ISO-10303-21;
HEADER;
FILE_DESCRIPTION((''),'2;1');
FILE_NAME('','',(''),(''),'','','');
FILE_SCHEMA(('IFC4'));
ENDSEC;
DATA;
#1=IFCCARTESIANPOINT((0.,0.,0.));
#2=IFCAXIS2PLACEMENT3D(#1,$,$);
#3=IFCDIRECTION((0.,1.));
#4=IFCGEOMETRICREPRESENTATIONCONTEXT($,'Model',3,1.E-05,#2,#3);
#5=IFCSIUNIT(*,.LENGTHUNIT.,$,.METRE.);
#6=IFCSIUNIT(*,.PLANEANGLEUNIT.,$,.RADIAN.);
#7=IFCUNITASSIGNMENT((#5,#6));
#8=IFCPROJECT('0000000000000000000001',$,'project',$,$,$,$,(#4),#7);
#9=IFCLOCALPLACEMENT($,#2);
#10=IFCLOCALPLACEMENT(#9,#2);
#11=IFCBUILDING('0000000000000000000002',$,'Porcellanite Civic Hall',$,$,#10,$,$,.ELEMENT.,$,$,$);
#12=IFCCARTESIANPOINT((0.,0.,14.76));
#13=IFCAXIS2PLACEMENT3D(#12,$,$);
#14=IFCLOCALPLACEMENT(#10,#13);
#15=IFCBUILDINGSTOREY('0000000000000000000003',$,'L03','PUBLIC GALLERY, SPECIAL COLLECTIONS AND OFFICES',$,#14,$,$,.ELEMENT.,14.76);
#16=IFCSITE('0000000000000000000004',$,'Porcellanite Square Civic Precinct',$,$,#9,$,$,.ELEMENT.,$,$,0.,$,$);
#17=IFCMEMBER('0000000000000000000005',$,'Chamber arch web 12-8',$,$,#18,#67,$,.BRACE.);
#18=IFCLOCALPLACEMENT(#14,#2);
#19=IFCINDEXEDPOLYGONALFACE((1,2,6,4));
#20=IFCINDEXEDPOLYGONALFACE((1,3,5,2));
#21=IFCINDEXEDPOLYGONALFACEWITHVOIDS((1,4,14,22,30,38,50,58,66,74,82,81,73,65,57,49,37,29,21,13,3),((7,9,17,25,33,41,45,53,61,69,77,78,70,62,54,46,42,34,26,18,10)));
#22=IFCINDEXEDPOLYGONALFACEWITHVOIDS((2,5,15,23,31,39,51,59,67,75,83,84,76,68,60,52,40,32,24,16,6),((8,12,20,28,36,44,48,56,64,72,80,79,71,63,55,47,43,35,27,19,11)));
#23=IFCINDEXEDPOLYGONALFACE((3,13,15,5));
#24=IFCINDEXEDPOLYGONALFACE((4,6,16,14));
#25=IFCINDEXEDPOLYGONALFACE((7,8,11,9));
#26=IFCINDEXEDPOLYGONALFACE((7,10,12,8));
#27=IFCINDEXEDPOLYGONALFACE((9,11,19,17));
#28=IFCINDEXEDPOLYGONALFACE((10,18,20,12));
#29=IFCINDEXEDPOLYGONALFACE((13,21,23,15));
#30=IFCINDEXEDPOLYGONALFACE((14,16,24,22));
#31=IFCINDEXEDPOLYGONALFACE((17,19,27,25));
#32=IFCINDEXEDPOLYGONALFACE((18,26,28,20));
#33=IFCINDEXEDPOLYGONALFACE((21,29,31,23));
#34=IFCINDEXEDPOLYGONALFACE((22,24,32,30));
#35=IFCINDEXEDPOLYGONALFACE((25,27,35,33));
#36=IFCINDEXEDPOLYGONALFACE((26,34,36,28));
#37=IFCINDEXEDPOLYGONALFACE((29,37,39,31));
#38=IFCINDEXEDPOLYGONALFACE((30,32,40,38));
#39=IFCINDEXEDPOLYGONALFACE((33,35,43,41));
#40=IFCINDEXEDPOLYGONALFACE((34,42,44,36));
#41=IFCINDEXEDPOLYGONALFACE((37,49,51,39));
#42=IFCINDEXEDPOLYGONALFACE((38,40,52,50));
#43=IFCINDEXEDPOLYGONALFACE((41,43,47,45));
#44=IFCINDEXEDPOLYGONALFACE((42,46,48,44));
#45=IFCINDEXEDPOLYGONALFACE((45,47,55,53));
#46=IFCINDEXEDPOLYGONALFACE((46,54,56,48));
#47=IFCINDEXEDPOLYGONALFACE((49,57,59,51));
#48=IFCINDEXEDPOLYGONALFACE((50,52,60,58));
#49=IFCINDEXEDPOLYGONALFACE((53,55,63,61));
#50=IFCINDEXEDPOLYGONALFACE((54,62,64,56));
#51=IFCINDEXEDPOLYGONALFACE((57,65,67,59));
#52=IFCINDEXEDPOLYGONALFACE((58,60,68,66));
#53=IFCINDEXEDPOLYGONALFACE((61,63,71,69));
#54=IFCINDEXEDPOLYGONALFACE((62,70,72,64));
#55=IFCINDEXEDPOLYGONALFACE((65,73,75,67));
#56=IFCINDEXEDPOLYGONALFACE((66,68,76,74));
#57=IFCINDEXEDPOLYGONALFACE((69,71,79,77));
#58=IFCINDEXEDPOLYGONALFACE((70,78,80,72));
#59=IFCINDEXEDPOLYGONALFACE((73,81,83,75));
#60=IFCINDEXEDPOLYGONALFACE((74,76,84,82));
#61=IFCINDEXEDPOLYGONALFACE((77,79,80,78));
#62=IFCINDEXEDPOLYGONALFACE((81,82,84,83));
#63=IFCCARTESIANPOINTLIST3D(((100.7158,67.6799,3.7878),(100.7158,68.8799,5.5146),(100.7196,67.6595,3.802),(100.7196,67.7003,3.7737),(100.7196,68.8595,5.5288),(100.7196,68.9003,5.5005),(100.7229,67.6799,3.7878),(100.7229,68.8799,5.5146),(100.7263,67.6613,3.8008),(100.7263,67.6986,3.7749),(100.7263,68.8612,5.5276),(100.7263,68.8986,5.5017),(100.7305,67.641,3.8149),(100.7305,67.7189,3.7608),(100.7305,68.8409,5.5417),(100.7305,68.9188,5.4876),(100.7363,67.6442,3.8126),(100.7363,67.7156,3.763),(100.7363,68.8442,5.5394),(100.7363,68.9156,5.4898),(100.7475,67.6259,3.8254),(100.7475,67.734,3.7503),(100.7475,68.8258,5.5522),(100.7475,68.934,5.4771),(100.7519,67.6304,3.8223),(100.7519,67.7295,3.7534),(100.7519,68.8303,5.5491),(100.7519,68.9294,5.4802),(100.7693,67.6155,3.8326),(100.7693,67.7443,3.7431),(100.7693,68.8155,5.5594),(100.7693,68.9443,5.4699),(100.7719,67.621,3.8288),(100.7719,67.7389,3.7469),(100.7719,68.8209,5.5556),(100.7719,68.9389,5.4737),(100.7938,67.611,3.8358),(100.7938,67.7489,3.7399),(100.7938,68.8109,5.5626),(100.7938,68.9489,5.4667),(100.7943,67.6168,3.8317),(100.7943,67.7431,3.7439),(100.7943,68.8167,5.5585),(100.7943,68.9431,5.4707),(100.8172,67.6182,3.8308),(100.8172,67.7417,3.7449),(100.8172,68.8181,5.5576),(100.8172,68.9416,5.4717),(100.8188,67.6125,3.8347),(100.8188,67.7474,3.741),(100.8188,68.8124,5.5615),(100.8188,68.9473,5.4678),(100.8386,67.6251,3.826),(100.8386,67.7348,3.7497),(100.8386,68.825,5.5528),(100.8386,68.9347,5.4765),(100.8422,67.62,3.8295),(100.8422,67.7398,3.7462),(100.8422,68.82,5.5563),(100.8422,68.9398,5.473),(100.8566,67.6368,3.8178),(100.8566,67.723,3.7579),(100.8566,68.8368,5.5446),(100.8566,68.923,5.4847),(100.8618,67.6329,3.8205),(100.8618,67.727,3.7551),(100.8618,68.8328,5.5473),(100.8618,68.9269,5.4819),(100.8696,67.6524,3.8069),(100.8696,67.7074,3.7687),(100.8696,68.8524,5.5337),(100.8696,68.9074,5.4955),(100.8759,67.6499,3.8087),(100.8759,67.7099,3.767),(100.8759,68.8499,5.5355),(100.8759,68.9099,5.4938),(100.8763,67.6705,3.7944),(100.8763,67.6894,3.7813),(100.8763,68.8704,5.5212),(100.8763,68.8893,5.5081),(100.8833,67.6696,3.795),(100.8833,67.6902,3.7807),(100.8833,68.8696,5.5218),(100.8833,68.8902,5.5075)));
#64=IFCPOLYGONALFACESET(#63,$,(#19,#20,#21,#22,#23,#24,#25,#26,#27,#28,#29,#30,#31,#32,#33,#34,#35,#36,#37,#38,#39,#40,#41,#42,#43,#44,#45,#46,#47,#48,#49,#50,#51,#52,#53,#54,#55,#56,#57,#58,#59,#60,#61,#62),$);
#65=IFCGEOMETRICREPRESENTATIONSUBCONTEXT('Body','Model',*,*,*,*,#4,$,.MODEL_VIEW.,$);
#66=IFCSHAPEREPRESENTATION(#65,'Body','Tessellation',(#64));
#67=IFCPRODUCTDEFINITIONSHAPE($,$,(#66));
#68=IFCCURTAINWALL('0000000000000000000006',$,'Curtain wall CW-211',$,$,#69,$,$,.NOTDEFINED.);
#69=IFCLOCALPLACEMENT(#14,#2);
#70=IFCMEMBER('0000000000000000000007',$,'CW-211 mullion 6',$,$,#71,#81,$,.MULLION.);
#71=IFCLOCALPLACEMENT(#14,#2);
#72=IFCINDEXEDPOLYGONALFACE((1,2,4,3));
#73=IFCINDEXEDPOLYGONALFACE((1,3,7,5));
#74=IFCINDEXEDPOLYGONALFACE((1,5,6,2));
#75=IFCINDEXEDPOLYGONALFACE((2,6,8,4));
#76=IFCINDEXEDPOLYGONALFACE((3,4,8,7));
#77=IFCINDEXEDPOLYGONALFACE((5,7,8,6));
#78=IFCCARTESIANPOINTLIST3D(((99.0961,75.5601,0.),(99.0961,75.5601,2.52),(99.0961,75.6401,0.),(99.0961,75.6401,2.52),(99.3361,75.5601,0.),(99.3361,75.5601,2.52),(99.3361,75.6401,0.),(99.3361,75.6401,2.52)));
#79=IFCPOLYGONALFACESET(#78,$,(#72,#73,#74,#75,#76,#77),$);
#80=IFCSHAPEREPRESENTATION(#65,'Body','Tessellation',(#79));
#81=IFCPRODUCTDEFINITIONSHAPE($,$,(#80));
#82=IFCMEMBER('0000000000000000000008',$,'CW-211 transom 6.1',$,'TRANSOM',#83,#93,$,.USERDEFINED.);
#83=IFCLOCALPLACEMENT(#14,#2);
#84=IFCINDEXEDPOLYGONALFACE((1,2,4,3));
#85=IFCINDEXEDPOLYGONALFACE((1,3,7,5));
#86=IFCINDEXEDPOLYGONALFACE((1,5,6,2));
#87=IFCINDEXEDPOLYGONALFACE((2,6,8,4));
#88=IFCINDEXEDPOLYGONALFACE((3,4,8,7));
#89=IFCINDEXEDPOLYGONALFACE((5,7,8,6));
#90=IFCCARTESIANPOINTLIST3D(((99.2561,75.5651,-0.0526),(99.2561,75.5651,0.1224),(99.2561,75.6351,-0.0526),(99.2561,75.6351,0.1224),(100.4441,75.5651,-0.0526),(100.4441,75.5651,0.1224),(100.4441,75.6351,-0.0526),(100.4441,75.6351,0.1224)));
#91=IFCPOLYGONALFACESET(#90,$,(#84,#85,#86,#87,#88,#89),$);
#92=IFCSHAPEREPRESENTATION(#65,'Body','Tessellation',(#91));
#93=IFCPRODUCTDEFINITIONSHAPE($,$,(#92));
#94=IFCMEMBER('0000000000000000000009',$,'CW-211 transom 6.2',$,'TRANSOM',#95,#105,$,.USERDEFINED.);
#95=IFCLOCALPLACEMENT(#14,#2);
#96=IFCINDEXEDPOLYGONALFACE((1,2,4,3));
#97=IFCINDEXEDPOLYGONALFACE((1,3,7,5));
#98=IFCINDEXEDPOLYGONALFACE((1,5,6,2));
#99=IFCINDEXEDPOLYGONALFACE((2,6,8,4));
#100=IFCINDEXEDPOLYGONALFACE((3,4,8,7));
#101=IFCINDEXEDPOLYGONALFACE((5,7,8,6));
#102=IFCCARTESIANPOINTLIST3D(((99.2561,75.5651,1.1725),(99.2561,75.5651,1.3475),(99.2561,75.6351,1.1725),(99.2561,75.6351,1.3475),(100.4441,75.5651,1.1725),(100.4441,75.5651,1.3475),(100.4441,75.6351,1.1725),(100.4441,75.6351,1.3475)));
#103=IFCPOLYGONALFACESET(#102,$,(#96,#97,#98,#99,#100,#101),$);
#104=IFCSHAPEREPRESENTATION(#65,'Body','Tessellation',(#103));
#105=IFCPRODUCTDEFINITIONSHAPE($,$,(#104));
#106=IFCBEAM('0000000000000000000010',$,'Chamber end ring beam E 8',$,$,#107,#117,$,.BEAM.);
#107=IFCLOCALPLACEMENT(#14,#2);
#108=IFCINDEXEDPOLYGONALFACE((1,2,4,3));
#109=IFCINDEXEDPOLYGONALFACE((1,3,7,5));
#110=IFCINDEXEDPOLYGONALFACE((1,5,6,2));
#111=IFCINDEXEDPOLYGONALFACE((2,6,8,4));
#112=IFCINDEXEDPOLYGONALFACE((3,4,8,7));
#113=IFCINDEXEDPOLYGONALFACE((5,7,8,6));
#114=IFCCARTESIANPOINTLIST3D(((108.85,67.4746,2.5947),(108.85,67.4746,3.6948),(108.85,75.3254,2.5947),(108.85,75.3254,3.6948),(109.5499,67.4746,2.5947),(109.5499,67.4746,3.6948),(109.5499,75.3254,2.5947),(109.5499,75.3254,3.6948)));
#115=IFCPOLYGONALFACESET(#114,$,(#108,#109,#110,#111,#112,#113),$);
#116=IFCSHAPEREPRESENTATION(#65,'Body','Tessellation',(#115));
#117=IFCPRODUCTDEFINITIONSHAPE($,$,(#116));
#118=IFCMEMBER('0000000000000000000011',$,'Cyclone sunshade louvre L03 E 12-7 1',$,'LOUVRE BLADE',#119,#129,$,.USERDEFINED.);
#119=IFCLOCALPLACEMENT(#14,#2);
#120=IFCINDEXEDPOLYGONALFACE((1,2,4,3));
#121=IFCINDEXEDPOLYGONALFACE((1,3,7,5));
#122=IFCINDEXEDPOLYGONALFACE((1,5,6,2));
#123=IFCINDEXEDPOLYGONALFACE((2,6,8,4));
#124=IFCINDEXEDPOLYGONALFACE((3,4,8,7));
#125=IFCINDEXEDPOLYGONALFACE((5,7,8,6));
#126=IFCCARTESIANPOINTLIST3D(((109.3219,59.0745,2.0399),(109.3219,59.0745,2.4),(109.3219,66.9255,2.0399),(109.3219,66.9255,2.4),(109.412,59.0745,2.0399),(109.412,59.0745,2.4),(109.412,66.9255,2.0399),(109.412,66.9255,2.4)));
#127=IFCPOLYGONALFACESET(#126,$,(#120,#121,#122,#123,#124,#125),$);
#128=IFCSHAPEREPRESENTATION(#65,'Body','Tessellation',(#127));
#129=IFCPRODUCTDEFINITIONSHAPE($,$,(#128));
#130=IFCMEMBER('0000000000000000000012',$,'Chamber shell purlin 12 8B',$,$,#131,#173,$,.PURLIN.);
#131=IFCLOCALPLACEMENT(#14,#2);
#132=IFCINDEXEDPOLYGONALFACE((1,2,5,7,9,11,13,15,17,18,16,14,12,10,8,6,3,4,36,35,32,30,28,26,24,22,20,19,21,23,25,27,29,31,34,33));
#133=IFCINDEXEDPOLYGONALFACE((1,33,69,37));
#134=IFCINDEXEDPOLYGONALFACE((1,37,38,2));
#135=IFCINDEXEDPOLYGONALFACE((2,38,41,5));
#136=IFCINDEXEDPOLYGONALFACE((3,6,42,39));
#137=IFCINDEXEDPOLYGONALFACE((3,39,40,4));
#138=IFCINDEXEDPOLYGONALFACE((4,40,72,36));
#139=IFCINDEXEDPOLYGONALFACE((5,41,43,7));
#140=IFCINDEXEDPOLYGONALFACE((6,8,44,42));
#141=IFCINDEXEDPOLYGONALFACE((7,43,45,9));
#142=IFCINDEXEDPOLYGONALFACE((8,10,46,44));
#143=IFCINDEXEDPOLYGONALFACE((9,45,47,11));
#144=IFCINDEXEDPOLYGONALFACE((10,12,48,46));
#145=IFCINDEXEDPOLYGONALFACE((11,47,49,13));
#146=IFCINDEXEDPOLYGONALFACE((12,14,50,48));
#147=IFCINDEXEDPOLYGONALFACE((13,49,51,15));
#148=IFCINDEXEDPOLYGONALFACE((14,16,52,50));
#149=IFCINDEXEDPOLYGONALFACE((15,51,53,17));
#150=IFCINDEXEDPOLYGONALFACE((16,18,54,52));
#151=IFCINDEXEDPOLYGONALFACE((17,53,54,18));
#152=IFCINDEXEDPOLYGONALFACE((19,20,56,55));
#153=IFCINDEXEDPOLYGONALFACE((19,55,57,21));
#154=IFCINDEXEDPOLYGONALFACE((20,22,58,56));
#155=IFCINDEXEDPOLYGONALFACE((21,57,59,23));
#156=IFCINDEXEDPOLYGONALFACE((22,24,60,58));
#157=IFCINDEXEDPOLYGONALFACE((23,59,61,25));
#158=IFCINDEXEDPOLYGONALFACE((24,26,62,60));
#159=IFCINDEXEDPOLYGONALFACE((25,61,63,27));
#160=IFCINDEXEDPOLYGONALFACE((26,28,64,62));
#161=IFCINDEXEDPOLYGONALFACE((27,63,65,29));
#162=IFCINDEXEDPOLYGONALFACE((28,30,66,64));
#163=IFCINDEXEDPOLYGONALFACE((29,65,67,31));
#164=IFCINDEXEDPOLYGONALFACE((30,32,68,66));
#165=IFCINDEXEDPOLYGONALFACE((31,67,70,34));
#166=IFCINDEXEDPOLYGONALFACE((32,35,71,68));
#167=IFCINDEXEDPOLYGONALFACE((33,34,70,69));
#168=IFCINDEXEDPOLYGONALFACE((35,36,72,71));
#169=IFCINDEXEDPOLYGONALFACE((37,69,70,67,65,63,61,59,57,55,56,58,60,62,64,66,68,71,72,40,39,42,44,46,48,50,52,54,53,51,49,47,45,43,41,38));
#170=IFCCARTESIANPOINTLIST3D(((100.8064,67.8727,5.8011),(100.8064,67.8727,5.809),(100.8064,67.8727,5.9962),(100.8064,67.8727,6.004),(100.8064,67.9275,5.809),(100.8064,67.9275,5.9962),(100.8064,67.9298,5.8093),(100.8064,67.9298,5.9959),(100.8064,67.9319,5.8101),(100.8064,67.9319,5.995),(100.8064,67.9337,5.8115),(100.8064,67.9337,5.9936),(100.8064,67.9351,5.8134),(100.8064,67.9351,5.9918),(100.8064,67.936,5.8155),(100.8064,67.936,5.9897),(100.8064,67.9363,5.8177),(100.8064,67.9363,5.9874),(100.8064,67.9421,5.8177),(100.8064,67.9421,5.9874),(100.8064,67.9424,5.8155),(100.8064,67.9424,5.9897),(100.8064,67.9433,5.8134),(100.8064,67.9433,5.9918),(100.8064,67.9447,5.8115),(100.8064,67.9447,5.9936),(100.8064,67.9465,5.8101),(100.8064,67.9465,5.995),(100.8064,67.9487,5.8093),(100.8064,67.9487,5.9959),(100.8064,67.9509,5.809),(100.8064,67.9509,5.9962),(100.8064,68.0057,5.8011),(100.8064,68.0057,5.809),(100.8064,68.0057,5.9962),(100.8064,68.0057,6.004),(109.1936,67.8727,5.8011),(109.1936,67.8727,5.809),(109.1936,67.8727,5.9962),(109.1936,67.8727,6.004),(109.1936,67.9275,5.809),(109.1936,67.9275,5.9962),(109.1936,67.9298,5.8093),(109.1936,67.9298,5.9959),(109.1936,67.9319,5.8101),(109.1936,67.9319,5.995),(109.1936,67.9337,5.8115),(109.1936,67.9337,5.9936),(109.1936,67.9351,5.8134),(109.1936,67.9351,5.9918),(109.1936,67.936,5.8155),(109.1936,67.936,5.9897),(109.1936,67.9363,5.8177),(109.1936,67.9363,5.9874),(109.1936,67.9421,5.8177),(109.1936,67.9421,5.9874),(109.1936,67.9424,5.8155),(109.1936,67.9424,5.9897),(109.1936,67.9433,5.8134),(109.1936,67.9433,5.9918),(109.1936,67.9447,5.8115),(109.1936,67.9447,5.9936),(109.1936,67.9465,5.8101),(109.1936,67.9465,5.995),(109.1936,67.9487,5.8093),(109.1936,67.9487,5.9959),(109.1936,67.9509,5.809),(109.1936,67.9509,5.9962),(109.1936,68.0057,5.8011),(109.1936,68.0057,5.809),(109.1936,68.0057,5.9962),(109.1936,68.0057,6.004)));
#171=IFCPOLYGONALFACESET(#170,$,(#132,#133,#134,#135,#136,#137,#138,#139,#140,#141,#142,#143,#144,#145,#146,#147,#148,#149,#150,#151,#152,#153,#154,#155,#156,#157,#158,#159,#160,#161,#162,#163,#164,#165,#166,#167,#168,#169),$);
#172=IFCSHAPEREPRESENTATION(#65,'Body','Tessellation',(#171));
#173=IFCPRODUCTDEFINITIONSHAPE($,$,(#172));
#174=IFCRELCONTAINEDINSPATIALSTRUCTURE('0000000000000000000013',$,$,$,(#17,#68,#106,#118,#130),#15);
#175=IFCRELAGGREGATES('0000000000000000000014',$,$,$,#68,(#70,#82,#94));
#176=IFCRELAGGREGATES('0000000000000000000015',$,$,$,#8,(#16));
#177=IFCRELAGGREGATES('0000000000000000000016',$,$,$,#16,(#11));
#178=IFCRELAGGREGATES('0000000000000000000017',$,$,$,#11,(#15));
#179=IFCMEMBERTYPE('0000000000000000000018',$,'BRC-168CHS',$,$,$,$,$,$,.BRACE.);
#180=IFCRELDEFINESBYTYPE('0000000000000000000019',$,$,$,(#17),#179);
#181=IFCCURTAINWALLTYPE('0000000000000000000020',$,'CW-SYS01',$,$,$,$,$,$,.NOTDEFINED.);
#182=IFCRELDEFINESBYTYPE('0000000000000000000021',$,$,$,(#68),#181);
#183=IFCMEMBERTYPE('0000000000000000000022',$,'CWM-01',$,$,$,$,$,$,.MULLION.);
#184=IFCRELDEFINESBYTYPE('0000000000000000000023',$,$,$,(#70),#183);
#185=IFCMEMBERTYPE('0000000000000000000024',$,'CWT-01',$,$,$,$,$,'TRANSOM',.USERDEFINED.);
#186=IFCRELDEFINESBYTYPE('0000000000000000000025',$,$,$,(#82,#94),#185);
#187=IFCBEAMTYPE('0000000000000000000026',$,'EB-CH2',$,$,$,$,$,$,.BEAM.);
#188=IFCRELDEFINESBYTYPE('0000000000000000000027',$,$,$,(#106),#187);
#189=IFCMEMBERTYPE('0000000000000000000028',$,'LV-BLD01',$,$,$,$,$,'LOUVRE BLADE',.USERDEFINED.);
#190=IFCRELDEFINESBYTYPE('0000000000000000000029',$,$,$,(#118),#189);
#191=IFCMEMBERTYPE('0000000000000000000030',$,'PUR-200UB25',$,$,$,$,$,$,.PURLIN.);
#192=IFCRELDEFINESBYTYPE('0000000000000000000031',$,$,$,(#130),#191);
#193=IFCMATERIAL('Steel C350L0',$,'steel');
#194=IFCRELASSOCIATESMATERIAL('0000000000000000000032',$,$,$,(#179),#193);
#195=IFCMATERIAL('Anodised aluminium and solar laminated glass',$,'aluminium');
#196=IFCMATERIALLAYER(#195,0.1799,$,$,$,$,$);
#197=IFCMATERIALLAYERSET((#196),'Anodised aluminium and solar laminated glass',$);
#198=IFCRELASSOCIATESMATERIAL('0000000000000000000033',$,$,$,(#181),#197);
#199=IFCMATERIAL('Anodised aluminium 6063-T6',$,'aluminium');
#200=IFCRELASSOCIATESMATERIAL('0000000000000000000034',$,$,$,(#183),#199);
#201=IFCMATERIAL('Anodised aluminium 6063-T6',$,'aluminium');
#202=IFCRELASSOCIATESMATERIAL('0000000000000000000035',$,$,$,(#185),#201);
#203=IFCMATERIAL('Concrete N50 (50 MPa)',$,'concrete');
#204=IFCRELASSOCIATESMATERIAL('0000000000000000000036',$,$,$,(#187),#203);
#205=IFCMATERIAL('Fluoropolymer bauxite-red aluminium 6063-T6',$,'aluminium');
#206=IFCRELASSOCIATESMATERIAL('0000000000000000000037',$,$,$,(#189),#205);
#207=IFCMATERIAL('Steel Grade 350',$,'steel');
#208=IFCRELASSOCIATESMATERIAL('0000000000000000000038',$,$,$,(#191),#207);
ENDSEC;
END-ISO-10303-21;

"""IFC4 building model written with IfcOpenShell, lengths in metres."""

from ifc_helpers import new_model, si_unit, direction, frame, origin, origin_2d, place, context, subcontext, project, spatial, rectangle, hollow_circle, i_section, extrude, material, layer, layer_set, material_profile, profile_set, type_object, element, aggregate, save


model = new_model("IFC4")

# Units and contexts
model_context = context("Model", 3, precision=1e-05, world=origin(), true_north=direction((0.0, 1.0)))
body_context = subcontext(model_context, "Body", "Model", "MODEL_VIEW")
ifc_project = project(units=[si_unit("LENGTHUNIT", "METRE"), si_unit("PLANEANGLEUNIT", "RADIAN")], contexts=[model_context])

# Site, building, storey
site_placement = place(None, origin())
site = spatial("IfcSite", under=ifc_project, at=site_placement, Name="Porcellanite Square Civic Precinct", CompositionType="ELEMENT", RefElevation=0.0)
building_placement = place(site_placement, origin())
building = spatial("IfcBuilding", under=site, at=building_placement, Name="Porcellanite Civic Hall", CompositionType="ELEMENT")
storey_placement = place(building_placement, frame((0.0, 0.0, 14.76)))
storey = spatial("IfcBuildingStorey", under=building, at=storey_placement, Name="L03", Description="PUBLIC GALLERY, SPECIAL COLLECTIONS AND OFFICES", CompositionType="ELEMENT", Elevation=14.76)

# Member
ifc_material_1 = material(Name="Steel C350L0", Category="steel")
ifc_material_profile_1 = material_profile(ifc_material_1, hollow_circle(Radius=0.0842, WallThickness=0.0071, at=origin_2d()), Name="168.3x7.1CHS")
ifc_profile_set_1 = profile_set([ifc_material_profile_1], Name="Steel C350L0")
member_type_1 = type_object("IfcMemberType", Name="BRC-168CHS", PredefinedType="BRACE", material=ifc_profile_set_1)
member_1_placement = place(storey_placement, frame((100.8, 67.6799, 3.7878), z_axis=(0.0, 0.570646, 0.821196), x_axis=(-1.0, 0.0, 0.0)))
element("IfcMember", 1, at=member_1_placement, inside=storey, type_object=member_type_1, Name="Chamber arch web 12-8", PredefinedType="BRACE", context=body_context, shape_type="SweptSolid", body=[
    extrude(hollow_circle(Radius=0.0842, WallThickness=0.0071, at=origin_2d()), origin(), (0.0, 0.0, 1.0), 2.1028),
])

# Curtain wall, members
ifc_material_2 = material(Name="Anodised aluminium and solar laminated glass", Category="aluminium")
ifc_layer_1 = layer(ifc_material_2, 0.1799)
ifc_layer_set_1 = layer_set([ifc_layer_1], Name="Anodised aluminium and solar laminated glass")
curtain_wall_type = type_object("IfcCurtainWallType", Name="CW-SYS01", PredefinedType="NOTDEFINED", material=ifc_layer_set_1)
curtain_wall_placement = place(storey_placement, origin())
curtain_wall = element("IfcCurtainWall", 2, at=curtain_wall_placement, inside=storey, type_object=curtain_wall_type, Name="Curtain wall CW-211", PredefinedType="NOTDEFINED")
ifc_material_3 = material(Name="Anodised aluminium 6063-T6", Category="aluminium")
ifc_material_profile_2 = material_profile(ifc_material_3, rectangle(XDim=0.0801, YDim=0.24, at=origin_2d()), Name="AL-80x240")
ifc_profile_set_2 = profile_set([ifc_material_profile_2], Name="Anodised aluminium 6063-T6")
member_type_2 = type_object("IfcMemberType", Name="CWM-01", PredefinedType="MULLION", material=ifc_profile_set_2)
member_2_placement = place(storey_placement, frame((99.2161, 75.6001, 0.0), z_axis=(0.0, 0.0, 1.0), x_axis=(0.0, 1.0, 0.0)))
member_2 = element("IfcMember", 3, at=member_2_placement, type_object=member_type_2, Name="CW-211 mullion 6", PredefinedType="MULLION", context=body_context, shape_type="SweptSolid", body=[
    extrude(rectangle(XDim=0.0801, YDim=0.24, at=origin_2d()), origin(), (0.0, 0.0, 1.0), 2.52),
])
ifc_material_4 = material(Name="Anodised aluminium 6063-T6", Category="aluminium")
ifc_material_profile_3 = material_profile(ifc_material_4, rectangle(XDim=0.0701, YDim=0.175, at=origin_2d()), Name="AL-70x175")
ifc_profile_set_3 = profile_set([ifc_material_profile_3], Name="Anodised aluminium 6063-T6")
member_type_3 = type_object("IfcMemberType", Name="CWT-01", ElementType="TRANSOM", PredefinedType="USERDEFINED", material=ifc_profile_set_3)
member_3_placement = place(storey_placement, frame((99.2561, 75.6001, 0.0349), z_axis=(1.0, 0.0, 0.0), x_axis=(0.0, 1.0, 0.0)))
member_3 = element("IfcMember", 4, at=member_3_placement, type_object=member_type_3, Name="CW-211 transom 6.1", ObjectType="TRANSOM", PredefinedType="USERDEFINED", context=body_context, shape_type="SweptSolid", body=[
    extrude(rectangle(XDim=0.0701, YDim=0.175, at=origin_2d()), origin(), (0.0, 0.0, 1.0), 1.188),
])
member_4_placement = place(storey_placement, frame((99.2561, 75.6001, 1.26), z_axis=(1.0, 0.0, 0.0), x_axis=(0.0, 1.0, 0.0)))
member_4 = element("IfcMember", 5, at=member_4_placement, type_object=member_type_3, Name="CW-211 transom 6.2", ObjectType="TRANSOM", PredefinedType="USERDEFINED", context=body_context, shape_type="SweptSolid", body=[
    extrude(rectangle(XDim=0.0701, YDim=0.175, at=origin_2d()), origin(), (0.0, 0.0, 1.0), 1.188),
])

# Beam
ifc_material_5 = material(Name="Concrete N50 (50 MPa)", Category="concrete")
ifc_material_profile_4 = material_profile(ifc_material_5, rectangle(XDim=0.7, YDim=1.1001, at=origin_2d()), Name="RC-700x1100")
ifc_profile_set_4 = profile_set([ifc_material_profile_4], Name="Concrete N50 (50 MPa)")
beam_type_1 = type_object("IfcBeamType", Name="EB-CH2", PredefinedType="BEAM", material=ifc_profile_set_4)
beam_1_placement = place(storey_placement, frame((109.2, 67.4746, 3.1448), z_axis=(0.0, 1.0, 0.0), x_axis=(-1.0, 0.0, 0.0)))
element("IfcBeam", 6, at=beam_1_placement, inside=storey, type_object=beam_type_1, Name="Chamber end ring beam E 8", PredefinedType="BEAM", context=body_context, shape_type="SweptSolid", body=[
    extrude(rectangle(XDim=0.7, YDim=1.1001, at=origin_2d()), origin(), (0.0, 0.0, 1.0), 7.8508),
])

# Members
ifc_material_6 = material(Name="Fluoropolymer bauxite-red aluminium 6063-T6", Category="aluminium")
ifc_material_profile_5 = material_profile(ifc_material_6, rectangle(XDim=0.0901, YDim=0.3601, at=origin_2d()), Name="AL-90x360")
ifc_profile_set_5 = profile_set([ifc_material_profile_5], Name="Fluoropolymer bauxite-red aluminium 6063-T6")
member_type_4 = type_object("IfcMemberType", Name="LV-BLD01", ElementType="LOUVRE BLADE", PredefinedType="USERDEFINED", material=ifc_profile_set_5)
member_5_placement = place(storey_placement, frame((109.3669, 66.9255, 2.22), z_axis=(0.0, -1.0, 0.0), x_axis=(1.0, 0.0, 0.0)))
element("IfcMember", 7, at=member_5_placement, inside=storey, type_object=member_type_4, Name="Cyclone sunshade louvre L03 E 12-7 1", ObjectType="LOUVRE BLADE", PredefinedType="USERDEFINED", context=body_context, shape_type="SweptSolid", body=[
    extrude(rectangle(XDim=0.0901, YDim=0.3601, at=origin_2d()), origin(), (0.0, 0.0, 1.0), 7.8511),
])
ifc_material_7 = material(Name="Steel Grade 350", Category="steel")
ifc_material_profile_6 = material_profile(ifc_material_7, i_section(OverallWidth=0.1331, OverallDepth=0.2029, WebThickness=0.0059, FlangeThickness=0.0078, FilletRadius=0.0088, at=origin_2d()), Name="200UB25.4")
ifc_profile_set_6 = profile_set([ifc_material_profile_6], Name="Steel Grade 350")
member_type_5 = type_object("IfcMemberType", Name="PUR-200UB25", PredefinedType="PURLIN", material=ifc_profile_set_6)
for number, where, z_axis, x_axis, name in (
    (8, (100.8064, 67.9392, 5.9026), (1.0, 0.0, 0.0), (0.0, 1.0, 0.0), "Chamber shell purlin 12 8B"),
):
    element("IfcMember", number, at=place(storey_placement, frame(where, z_axis=z_axis, x_axis=x_axis)), inside=storey, type_object=member_type_5, Name=name, PredefinedType="PURLIN", context=body_context, shape_type="SweptSolid", body=[
        extrude(i_section(OverallWidth=0.1331, OverallDepth=0.2029, WebThickness=0.0059, FlangeThickness=0.0078, FilletRadius=0.0088, at=origin_2d()), origin(), (0.0, 0.0, 1.0), 8.3872),
    ])

aggregate(curtain_wall, [member_2, member_3, member_4])

save(model, "model.ifc")
